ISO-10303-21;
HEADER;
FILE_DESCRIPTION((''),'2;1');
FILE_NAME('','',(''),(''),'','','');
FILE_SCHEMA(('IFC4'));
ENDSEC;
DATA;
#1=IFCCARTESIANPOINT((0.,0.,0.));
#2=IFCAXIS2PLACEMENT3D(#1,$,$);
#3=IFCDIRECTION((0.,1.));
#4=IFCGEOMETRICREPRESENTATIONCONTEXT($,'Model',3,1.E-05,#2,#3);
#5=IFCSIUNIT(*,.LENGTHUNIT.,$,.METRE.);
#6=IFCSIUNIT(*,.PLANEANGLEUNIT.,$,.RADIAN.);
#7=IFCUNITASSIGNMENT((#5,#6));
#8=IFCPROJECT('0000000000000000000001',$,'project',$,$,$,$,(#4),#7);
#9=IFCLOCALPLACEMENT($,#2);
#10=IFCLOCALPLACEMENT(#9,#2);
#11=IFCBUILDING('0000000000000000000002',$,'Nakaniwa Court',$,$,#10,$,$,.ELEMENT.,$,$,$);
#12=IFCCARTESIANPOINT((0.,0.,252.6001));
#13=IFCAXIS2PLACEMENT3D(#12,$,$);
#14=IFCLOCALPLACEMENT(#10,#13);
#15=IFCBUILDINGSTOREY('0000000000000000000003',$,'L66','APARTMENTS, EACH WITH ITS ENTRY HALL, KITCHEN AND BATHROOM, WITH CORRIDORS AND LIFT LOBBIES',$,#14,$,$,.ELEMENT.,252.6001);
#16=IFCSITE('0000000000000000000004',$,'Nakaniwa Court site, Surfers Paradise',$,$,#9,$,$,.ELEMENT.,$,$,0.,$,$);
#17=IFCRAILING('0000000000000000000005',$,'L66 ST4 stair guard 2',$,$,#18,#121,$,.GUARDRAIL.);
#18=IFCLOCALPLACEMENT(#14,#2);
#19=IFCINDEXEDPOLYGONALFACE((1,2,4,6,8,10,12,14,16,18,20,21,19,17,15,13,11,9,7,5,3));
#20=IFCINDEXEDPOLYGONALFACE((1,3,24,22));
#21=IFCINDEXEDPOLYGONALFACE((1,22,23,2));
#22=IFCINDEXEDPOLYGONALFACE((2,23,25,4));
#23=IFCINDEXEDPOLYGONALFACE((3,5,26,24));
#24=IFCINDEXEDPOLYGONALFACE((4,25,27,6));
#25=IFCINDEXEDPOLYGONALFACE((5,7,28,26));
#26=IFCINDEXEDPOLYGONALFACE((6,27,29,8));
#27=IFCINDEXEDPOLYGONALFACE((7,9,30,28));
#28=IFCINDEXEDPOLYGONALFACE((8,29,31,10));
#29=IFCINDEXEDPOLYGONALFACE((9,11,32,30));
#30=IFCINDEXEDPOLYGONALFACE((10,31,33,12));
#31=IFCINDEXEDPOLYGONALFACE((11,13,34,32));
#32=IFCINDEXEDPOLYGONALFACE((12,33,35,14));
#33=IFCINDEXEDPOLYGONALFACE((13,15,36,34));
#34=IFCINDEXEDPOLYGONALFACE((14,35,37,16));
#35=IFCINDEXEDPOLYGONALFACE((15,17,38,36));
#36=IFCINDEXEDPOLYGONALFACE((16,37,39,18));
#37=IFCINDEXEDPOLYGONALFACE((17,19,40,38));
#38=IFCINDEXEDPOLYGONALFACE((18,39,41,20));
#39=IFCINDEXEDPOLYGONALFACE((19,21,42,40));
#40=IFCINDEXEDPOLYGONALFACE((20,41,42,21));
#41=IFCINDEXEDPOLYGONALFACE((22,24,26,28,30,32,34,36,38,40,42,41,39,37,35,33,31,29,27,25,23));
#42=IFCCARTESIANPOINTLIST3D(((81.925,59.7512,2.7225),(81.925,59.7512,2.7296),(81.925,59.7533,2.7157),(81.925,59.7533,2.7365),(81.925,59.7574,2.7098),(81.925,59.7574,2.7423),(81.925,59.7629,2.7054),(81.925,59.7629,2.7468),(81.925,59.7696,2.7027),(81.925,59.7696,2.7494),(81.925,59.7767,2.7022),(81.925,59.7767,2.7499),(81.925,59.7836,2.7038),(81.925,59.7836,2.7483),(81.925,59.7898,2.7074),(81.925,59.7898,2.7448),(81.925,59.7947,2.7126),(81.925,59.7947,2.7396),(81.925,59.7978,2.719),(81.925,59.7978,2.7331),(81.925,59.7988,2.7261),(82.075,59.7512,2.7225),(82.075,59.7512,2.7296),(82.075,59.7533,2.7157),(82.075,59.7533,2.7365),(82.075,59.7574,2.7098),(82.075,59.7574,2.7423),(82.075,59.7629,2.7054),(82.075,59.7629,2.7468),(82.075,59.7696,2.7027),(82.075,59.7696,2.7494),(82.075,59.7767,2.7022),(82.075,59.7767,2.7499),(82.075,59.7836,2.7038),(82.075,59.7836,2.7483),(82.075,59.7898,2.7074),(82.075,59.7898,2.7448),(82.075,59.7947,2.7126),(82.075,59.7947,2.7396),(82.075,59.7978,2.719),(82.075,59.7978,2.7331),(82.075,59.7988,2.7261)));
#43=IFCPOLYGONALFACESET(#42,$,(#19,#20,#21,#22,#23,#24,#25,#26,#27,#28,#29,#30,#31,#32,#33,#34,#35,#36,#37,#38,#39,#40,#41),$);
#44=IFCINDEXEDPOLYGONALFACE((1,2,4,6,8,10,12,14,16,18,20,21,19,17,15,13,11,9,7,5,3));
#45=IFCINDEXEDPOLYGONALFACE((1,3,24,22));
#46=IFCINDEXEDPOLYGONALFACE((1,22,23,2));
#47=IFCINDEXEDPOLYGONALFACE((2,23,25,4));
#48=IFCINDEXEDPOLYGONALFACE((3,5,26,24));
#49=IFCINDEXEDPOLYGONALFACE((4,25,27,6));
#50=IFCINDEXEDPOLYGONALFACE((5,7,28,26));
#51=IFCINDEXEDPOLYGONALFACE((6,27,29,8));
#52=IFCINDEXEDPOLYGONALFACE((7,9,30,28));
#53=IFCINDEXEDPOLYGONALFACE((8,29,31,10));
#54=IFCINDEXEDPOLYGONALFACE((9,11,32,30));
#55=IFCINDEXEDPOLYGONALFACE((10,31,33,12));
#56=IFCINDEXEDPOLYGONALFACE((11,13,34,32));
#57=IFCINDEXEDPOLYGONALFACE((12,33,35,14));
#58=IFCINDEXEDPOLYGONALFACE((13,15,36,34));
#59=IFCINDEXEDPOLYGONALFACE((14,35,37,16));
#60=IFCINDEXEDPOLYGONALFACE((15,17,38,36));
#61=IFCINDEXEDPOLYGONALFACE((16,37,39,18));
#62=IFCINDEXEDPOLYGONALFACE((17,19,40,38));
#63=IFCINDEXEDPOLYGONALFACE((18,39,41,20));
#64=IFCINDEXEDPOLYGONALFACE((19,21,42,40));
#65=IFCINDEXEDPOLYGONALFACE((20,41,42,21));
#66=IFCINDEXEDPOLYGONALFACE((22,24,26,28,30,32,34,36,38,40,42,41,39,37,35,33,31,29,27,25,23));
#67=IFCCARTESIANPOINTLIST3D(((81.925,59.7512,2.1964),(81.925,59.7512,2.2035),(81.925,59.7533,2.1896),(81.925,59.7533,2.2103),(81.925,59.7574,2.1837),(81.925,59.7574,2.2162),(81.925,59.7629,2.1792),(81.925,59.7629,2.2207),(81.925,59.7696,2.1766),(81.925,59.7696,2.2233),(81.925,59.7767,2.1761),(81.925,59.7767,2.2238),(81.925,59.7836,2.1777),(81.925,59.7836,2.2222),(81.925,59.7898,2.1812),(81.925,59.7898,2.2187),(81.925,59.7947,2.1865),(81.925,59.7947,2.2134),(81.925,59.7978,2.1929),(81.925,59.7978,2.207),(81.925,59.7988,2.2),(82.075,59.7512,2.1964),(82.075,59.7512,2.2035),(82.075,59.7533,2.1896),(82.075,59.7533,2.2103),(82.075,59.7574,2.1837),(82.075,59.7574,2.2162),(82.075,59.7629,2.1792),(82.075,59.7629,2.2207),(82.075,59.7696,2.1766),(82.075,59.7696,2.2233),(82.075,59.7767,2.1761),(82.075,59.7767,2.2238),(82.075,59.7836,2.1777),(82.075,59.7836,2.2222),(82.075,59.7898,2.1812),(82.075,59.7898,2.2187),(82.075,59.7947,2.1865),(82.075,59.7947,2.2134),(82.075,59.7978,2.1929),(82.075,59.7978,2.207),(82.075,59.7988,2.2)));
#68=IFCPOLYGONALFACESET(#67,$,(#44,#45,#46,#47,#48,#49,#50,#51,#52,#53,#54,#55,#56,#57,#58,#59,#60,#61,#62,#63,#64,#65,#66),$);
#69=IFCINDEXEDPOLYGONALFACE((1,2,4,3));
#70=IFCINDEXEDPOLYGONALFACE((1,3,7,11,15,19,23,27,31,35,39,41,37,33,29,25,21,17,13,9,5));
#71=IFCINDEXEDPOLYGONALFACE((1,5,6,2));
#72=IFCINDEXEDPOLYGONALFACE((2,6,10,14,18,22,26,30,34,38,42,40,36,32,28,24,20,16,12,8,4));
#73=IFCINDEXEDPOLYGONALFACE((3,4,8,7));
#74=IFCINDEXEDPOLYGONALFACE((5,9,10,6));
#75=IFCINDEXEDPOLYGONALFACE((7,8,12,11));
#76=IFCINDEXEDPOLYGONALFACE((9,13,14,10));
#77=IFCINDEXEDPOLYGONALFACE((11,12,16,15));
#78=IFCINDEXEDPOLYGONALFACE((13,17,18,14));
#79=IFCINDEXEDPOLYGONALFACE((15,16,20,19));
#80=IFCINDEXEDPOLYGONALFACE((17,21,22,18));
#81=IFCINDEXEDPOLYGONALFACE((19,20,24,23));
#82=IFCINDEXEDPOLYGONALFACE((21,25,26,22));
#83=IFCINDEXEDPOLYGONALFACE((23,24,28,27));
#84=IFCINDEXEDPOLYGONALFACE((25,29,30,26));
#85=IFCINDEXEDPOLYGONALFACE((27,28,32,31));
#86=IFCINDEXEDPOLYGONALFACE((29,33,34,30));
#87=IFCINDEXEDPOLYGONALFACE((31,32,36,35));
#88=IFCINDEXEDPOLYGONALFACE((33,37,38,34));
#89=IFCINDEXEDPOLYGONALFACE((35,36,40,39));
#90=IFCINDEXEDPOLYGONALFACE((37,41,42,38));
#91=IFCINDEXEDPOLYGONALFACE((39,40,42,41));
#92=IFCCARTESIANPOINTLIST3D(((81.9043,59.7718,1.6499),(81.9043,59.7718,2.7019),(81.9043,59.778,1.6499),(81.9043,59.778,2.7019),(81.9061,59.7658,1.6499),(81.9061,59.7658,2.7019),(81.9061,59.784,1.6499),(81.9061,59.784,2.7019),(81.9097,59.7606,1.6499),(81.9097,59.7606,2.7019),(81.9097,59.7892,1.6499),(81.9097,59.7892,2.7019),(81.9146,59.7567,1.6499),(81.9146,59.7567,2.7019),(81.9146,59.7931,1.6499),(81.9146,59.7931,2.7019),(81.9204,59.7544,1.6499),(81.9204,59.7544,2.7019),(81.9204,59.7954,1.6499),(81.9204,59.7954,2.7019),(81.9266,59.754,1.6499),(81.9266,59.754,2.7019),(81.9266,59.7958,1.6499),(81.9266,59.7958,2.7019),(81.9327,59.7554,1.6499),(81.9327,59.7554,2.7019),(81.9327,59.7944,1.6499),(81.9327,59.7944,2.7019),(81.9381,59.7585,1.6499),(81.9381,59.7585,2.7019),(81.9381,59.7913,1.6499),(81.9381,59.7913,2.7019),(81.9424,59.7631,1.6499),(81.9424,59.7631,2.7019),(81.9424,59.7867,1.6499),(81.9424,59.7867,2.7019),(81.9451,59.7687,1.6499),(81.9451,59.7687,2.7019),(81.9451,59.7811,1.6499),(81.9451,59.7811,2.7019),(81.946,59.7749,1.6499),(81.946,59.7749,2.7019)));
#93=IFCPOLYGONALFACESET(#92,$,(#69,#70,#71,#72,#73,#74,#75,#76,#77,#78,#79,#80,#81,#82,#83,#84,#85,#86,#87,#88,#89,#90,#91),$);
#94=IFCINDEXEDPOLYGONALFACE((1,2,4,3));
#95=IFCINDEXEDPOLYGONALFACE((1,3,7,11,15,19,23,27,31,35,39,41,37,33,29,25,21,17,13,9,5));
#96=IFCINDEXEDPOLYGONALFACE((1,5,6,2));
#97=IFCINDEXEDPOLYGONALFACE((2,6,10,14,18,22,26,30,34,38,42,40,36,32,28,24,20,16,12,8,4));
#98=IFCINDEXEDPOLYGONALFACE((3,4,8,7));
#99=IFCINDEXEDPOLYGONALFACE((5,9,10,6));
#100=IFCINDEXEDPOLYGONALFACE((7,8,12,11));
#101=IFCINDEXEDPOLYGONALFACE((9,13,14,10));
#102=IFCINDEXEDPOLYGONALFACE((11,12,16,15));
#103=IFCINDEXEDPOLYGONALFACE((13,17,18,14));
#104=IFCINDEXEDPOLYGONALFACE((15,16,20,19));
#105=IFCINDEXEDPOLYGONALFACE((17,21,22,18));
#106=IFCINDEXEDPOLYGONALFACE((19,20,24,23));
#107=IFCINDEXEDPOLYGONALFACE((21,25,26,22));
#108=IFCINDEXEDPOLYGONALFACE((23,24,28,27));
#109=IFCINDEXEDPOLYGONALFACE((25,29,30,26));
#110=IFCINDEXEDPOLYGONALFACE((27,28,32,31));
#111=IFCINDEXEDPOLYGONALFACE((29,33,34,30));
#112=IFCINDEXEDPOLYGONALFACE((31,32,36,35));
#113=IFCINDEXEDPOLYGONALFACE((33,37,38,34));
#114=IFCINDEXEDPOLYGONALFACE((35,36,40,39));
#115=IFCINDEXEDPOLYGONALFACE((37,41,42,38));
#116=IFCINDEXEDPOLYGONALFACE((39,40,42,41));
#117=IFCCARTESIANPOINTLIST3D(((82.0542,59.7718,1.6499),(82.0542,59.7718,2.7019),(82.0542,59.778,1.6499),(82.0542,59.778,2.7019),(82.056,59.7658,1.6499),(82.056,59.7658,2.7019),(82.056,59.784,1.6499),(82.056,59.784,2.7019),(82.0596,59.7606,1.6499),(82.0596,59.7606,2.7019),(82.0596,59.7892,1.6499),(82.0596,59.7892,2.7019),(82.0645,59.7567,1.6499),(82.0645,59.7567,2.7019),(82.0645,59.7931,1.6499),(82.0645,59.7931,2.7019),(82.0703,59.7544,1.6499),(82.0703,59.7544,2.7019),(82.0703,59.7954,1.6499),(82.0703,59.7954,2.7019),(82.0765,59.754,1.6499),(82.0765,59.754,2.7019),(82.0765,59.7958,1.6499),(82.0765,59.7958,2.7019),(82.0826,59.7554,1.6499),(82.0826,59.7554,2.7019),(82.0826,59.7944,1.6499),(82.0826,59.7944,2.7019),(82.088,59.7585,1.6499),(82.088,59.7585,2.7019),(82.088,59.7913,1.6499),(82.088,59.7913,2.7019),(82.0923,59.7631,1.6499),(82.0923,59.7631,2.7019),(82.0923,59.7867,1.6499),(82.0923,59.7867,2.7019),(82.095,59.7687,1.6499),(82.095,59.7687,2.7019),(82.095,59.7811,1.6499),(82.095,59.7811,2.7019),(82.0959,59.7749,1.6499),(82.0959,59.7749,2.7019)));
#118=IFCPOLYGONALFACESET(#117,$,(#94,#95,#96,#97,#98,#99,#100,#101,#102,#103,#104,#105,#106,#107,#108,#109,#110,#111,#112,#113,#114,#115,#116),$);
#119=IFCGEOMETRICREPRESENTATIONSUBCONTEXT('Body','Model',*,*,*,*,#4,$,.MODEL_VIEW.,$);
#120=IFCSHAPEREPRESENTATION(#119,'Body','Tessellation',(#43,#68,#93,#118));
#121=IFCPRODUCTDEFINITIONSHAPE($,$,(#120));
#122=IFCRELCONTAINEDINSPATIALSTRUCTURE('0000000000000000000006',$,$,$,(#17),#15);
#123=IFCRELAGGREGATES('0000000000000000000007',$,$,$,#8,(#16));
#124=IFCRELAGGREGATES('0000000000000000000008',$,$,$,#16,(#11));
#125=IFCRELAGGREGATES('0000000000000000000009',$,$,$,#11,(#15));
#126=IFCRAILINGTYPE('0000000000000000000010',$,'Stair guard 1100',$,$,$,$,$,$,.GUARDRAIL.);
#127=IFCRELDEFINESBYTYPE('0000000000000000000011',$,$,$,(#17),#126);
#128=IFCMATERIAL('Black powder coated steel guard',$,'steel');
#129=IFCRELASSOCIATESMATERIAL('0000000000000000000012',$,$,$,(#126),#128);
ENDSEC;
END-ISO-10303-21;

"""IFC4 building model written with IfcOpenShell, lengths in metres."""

from ifc_helpers import new_model, si_unit, direction, frame, origin, origin_2d, place, context, subcontext, project, spatial, circle, extrude, material, type_object, element, save


model = new_model("IFC4")

# Units and contexts
model_context = context("Model", 3, precision=1e-05, world=origin(), true_north=direction((0.0, 1.0)))
body_context = subcontext(model_context, "Body", "Model", "MODEL_VIEW")
ifc_project = project(units=[si_unit("LENGTHUNIT", "METRE"), si_unit("PLANEANGLEUNIT", "RADIAN")], contexts=[model_context])

# Site, building, storey
site_placement = place(None, origin())
site = spatial("IfcSite", under=ifc_project, at=site_placement, Name="Nakaniwa Court site, Surfers Paradise", CompositionType="ELEMENT", RefElevation=0.0)
building_placement = place(site_placement, origin())
building = spatial("IfcBuilding", under=site, at=building_placement, Name="Nakaniwa Court", CompositionType="ELEMENT")
storey_placement = place(building_placement, frame((0.0, 0.0, 252.6001)))
storey = spatial("IfcBuildingStorey", under=building, at=storey_placement, Name="L66", Description="APARTMENTS, EACH WITH ITS ENTRY HALL, KITCHEN AND BATHROOM, WITH CORRIDORS AND LIFT LOBBIES", CompositionType="ELEMENT", Elevation=252.6001)

# Railing
ifc_material_1 = material(Name="Black powder coated steel guard", Category="steel")
railing_type_1 = type_object("IfcRailingType", Name="Stair guard 1100", PredefinedType="GUARDRAIL", material=ifc_material_1)
railing_1_placement = place(storey_placement, frame((81.925, 59.7749, 1.6499)))
element("IfcRailing", 1, at=railing_1_placement, inside=storey, type_object=railing_type_1, Name="L66 ST4 stair guard 2", PredefinedType="GUARDRAIL", context=body_context, shape_type="SweptSolid", body=[
    extrude(circle(Radius=0.0239, at=origin_2d()), frame((0.0, 0.0, 1.0762), z_axis=(1.0, 0.0, 0.0), x_axis=(0.0, 1.0, 0.0)), (0.0, 0.0, 1.0), 0.1499),
    extrude(circle(Radius=0.0239, at=origin_2d()), frame((0.0, 0.0, 0.55), z_axis=(1.0, 0.0, 0.0), x_axis=(0.0, 1.0, 0.0)), (0.0, 0.0, 1.0), 0.1499),
    extrude(circle(Radius=0.021, at=origin_2d()), origin(), (0.0, 0.0, 1.0), 1.052),
    extrude(circle(Radius=0.021, at=origin_2d()), frame((0.1499, 0.0, 0.0)), (0.0, 0.0, 1.0), 1.052),
])

save(model, "model.ifc")
